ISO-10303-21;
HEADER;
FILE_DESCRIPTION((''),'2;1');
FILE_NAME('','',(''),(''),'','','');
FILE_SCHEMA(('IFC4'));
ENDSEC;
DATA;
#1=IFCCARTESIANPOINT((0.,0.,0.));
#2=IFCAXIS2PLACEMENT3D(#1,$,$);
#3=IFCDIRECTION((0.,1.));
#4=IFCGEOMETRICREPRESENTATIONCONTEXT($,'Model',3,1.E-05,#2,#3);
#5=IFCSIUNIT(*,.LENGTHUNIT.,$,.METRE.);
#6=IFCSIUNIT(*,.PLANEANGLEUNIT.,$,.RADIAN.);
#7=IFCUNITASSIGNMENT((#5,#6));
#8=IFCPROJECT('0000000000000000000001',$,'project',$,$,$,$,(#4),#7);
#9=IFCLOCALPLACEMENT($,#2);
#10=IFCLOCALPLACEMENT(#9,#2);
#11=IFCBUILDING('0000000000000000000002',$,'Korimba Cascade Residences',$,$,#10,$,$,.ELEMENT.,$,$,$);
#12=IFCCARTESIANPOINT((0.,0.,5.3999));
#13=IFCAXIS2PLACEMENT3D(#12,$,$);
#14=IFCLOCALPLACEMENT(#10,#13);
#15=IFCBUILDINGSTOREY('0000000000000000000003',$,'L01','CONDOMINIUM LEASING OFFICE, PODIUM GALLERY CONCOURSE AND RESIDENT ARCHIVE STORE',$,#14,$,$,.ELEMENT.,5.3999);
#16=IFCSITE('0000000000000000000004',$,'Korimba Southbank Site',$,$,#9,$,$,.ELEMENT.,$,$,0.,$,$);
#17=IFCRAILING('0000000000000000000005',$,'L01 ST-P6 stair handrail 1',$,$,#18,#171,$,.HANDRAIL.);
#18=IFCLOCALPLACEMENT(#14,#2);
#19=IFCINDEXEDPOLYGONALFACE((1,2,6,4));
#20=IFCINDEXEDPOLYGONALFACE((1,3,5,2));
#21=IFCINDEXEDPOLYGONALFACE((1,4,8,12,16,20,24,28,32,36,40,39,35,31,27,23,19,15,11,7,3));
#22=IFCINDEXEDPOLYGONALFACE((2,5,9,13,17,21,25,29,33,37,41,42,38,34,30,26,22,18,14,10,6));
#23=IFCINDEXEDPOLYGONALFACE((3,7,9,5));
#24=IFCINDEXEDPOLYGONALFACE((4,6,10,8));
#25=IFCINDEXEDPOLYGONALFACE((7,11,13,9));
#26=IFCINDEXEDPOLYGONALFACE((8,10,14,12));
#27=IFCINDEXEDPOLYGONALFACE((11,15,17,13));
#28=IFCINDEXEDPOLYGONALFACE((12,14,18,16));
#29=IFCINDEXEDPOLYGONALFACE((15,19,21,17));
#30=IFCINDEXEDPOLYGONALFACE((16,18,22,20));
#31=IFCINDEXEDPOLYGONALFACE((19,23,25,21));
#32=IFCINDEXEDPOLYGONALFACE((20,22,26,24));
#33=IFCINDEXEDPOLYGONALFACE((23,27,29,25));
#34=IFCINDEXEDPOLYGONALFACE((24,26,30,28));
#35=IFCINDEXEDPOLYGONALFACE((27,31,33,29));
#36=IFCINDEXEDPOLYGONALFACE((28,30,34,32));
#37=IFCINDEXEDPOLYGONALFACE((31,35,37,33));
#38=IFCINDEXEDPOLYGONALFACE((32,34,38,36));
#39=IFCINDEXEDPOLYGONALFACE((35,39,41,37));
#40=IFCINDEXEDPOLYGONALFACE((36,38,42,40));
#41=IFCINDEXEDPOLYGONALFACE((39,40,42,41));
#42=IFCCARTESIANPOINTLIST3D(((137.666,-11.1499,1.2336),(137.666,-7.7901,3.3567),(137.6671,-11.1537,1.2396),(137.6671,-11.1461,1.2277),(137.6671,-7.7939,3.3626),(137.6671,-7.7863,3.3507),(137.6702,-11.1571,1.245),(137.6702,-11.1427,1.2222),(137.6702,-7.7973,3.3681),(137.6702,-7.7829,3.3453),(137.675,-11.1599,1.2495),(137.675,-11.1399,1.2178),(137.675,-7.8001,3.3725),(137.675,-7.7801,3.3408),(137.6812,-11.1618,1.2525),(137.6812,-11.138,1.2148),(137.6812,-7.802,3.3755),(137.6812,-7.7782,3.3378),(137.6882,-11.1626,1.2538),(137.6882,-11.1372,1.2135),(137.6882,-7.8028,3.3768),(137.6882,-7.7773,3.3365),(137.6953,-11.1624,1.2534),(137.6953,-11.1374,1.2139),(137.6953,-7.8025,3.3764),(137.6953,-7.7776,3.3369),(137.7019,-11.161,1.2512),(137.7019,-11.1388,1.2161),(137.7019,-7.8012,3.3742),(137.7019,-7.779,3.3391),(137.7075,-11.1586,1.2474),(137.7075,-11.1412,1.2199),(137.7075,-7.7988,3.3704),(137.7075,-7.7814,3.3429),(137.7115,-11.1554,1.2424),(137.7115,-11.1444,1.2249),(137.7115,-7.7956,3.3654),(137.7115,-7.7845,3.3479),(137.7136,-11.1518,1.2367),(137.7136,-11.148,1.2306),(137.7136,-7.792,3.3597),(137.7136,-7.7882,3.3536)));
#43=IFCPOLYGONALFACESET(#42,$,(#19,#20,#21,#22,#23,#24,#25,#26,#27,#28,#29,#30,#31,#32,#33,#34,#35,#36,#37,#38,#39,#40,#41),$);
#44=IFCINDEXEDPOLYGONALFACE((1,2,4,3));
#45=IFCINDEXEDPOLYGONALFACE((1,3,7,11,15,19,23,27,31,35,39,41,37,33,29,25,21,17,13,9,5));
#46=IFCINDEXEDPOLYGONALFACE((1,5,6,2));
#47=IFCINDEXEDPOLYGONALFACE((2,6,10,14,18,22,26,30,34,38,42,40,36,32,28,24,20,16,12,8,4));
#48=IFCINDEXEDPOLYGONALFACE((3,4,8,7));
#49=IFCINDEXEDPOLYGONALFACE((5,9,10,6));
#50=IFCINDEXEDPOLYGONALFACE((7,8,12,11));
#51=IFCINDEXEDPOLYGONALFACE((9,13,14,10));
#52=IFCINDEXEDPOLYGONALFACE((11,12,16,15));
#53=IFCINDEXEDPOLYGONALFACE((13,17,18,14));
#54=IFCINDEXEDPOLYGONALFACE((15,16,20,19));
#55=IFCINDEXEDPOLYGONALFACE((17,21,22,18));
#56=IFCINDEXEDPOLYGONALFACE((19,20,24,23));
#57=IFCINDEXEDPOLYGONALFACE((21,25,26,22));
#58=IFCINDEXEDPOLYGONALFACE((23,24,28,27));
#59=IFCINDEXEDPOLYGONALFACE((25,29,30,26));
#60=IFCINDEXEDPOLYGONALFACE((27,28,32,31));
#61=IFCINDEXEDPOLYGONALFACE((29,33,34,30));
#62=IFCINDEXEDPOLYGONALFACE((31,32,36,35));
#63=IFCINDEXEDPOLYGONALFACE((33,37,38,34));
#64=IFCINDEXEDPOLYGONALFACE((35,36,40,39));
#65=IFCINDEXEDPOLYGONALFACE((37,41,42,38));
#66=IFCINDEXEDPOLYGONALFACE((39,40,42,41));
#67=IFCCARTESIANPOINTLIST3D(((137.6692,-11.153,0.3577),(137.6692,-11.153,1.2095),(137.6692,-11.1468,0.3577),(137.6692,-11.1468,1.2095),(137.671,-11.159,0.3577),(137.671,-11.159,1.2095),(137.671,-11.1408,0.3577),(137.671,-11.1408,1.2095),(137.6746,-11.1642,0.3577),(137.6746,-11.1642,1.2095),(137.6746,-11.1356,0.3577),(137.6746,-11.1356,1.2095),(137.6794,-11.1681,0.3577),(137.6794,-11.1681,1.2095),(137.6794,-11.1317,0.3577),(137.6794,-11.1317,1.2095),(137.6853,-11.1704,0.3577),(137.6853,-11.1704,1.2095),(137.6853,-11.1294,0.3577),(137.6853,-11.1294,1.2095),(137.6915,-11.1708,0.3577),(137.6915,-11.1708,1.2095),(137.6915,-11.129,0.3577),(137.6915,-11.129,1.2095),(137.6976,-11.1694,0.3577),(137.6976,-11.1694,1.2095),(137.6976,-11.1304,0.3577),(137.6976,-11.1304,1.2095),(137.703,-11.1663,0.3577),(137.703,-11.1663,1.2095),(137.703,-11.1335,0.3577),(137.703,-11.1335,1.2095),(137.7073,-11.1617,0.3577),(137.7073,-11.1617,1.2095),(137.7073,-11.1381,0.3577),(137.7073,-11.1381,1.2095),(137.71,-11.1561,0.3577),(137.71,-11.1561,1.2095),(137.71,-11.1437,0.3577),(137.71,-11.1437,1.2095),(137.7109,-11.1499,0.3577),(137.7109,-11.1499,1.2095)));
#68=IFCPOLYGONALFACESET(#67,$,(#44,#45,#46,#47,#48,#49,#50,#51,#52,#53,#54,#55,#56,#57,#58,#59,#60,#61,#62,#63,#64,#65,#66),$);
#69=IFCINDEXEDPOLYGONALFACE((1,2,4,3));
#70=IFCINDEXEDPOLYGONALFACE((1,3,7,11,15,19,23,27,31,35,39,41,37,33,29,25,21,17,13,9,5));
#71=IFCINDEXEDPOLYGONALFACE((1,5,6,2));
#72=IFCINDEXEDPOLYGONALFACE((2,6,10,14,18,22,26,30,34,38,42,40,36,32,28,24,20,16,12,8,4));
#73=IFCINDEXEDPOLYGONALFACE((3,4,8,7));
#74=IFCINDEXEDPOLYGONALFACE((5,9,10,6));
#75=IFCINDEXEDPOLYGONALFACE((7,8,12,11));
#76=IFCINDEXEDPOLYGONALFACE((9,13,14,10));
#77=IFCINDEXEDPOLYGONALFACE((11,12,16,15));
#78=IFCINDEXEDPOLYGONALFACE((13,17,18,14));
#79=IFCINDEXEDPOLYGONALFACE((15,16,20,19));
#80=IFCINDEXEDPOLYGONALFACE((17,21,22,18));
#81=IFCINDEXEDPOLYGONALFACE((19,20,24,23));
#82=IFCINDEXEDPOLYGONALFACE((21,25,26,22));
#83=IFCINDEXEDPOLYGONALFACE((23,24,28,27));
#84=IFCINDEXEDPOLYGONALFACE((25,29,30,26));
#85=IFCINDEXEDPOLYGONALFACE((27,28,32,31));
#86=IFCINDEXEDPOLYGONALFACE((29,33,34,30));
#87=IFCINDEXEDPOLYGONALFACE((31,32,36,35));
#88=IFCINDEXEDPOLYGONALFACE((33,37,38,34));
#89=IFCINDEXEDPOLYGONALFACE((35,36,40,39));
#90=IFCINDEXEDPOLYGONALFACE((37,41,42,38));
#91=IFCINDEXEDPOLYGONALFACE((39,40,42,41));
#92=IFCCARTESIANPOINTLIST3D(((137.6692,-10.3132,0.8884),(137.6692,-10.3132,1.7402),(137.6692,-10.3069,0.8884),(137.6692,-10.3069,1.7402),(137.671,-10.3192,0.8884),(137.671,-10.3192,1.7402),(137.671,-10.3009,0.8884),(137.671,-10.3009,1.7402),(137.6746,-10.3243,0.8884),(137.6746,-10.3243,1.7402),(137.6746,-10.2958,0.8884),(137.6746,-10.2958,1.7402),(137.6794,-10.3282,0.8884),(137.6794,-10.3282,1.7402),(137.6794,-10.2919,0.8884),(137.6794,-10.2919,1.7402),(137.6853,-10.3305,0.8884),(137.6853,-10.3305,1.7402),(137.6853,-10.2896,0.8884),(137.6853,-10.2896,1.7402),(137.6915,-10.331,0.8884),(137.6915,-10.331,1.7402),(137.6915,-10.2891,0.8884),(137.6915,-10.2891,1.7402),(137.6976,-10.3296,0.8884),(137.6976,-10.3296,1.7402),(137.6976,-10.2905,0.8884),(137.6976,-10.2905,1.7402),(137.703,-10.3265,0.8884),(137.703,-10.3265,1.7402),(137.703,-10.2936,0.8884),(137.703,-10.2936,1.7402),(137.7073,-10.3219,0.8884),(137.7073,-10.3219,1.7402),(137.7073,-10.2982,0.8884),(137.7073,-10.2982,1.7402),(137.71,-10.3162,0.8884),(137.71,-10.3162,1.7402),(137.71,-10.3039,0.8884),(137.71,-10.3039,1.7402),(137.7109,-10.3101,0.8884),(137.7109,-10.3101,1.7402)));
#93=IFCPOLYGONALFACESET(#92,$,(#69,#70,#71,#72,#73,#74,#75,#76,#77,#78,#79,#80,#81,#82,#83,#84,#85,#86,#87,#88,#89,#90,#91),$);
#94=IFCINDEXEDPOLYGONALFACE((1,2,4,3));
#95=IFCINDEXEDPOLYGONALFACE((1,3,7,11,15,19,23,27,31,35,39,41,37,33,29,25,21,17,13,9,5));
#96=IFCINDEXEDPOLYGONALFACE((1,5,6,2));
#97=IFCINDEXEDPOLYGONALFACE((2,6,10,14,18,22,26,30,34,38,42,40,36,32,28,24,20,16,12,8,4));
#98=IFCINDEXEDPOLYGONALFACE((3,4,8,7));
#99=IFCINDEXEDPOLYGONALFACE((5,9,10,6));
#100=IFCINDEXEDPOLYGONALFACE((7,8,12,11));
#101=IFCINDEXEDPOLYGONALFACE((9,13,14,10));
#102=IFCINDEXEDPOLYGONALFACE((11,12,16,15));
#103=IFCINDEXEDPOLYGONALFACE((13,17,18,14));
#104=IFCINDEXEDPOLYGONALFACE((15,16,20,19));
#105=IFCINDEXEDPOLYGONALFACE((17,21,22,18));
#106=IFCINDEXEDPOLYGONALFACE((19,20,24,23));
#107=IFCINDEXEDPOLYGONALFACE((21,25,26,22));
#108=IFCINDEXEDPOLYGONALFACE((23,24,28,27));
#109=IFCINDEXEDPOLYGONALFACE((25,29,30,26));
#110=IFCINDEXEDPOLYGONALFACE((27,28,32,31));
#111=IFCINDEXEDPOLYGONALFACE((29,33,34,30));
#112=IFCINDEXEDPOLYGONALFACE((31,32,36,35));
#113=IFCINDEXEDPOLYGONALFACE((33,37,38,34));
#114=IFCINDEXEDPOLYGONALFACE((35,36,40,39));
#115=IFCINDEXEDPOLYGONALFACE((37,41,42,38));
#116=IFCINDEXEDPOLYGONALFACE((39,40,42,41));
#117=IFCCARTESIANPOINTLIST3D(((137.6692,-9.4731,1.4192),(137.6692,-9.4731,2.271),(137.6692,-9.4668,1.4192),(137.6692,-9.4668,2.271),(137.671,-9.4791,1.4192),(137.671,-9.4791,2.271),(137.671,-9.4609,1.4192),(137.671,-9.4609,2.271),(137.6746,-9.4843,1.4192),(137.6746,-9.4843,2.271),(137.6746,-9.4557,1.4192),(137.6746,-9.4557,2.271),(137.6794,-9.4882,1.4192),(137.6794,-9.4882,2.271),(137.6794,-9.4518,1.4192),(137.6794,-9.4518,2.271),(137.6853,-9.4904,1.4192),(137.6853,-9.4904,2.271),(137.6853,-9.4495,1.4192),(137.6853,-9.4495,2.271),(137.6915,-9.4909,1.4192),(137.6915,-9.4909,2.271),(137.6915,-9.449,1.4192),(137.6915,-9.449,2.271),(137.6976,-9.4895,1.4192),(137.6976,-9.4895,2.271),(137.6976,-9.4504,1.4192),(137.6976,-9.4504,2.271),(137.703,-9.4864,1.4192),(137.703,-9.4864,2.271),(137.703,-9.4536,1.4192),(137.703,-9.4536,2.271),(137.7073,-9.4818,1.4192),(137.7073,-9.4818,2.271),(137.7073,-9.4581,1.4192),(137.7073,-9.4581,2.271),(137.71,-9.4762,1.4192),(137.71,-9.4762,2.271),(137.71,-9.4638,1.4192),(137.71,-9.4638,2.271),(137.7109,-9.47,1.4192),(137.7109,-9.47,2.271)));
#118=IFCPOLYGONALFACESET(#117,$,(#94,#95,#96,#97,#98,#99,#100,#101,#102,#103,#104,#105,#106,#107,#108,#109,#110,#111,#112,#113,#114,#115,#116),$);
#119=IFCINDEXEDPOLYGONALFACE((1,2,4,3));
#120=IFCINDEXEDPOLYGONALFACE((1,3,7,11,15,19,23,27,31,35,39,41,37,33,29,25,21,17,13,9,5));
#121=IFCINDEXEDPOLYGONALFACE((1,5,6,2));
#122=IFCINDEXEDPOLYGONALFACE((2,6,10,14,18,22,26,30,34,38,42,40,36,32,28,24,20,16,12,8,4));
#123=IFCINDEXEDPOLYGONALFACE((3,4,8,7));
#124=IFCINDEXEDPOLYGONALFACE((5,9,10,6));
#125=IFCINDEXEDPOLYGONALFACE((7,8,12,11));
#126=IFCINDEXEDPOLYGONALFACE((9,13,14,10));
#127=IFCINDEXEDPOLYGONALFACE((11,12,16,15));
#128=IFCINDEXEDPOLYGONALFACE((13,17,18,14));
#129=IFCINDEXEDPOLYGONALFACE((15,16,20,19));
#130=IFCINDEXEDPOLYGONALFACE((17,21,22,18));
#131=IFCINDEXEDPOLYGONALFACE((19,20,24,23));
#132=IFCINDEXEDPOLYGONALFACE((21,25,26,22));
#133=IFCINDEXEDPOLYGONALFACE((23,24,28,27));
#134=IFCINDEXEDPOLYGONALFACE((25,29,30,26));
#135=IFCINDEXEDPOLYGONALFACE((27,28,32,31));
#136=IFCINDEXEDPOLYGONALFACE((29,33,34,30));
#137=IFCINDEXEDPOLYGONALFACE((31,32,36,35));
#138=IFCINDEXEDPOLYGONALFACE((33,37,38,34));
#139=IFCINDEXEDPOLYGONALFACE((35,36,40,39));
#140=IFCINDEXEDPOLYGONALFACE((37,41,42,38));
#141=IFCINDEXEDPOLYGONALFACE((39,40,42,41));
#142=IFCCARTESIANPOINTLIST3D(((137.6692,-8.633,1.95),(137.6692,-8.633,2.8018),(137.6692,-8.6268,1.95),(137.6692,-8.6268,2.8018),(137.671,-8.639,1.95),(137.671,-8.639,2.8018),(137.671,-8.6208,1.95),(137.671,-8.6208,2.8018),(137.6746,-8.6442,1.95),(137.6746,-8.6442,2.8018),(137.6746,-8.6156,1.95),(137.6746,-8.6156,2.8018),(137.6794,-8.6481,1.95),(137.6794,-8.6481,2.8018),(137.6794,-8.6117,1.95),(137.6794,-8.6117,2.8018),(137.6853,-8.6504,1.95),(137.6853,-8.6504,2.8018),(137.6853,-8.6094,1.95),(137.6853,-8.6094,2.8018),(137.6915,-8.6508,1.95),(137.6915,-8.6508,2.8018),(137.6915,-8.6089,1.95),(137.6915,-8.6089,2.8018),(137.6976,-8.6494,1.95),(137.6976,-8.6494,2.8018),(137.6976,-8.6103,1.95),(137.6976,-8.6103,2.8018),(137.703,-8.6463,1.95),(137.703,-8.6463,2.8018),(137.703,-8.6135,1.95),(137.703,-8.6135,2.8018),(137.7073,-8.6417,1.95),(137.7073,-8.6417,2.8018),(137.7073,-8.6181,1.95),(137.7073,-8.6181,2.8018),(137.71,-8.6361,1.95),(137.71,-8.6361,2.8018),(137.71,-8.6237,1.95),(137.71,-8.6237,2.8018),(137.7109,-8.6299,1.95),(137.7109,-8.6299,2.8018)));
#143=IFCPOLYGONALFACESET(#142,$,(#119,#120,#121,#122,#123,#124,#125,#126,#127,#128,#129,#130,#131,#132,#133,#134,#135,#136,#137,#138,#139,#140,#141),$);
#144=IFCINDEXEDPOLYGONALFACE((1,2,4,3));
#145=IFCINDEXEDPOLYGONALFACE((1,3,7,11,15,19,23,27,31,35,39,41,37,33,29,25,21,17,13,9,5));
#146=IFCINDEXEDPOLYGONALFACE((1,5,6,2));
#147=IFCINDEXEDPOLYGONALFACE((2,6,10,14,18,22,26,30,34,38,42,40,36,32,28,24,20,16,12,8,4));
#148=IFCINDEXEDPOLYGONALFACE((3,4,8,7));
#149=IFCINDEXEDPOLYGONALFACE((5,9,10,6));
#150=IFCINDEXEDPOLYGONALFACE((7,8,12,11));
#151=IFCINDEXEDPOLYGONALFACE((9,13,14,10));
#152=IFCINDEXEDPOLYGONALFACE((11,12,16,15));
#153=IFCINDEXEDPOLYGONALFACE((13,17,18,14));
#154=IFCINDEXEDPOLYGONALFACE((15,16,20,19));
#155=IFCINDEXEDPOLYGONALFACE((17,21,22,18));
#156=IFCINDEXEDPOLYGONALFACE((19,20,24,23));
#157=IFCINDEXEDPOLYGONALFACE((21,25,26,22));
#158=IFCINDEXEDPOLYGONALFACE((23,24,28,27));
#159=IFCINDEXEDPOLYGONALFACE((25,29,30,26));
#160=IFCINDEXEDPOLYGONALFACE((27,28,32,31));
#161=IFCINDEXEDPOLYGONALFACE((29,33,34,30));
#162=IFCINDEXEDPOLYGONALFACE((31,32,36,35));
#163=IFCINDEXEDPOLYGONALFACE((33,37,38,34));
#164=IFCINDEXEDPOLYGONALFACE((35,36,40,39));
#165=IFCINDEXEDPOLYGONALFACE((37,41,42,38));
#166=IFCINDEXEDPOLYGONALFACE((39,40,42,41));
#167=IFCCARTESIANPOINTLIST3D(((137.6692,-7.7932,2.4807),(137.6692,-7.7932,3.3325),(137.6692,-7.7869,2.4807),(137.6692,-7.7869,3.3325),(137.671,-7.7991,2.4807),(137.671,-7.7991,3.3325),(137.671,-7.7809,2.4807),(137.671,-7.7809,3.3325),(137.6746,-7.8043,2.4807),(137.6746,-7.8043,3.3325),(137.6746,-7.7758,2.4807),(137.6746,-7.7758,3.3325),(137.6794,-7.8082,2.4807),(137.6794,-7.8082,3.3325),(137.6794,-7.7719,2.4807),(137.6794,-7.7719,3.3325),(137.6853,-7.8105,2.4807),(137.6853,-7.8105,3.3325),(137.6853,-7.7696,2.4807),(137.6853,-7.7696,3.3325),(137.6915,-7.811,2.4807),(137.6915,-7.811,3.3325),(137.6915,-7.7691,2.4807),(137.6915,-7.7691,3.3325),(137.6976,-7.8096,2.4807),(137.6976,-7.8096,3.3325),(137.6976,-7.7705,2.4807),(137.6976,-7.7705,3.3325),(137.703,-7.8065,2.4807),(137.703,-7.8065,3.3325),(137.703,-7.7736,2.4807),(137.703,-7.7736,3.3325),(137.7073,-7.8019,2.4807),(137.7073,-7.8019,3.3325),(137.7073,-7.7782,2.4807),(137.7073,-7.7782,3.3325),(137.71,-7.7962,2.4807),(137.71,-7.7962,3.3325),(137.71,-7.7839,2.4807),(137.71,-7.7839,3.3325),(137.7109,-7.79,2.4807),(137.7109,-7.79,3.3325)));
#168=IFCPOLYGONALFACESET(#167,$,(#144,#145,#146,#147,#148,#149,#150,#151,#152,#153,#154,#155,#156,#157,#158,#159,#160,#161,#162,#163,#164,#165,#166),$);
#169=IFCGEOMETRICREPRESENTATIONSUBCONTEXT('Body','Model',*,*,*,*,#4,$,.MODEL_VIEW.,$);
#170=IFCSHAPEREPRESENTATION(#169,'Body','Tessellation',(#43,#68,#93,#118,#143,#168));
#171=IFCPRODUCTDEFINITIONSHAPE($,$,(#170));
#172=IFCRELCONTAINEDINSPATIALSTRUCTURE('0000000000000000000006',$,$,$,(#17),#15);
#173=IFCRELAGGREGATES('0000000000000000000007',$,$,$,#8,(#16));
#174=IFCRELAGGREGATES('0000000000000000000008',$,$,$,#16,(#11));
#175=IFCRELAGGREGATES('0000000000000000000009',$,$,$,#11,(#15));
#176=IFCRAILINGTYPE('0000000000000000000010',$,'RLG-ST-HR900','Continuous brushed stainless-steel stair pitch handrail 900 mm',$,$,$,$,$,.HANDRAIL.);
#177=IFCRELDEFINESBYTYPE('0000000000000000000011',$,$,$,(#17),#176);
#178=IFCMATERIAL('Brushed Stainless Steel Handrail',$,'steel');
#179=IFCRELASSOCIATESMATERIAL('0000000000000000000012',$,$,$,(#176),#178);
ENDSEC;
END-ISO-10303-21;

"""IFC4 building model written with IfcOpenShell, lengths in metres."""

from ifc_helpers import new_model, si_unit, direction, frame, origin, origin_2d, place, context, subcontext, project, spatial, circle, extrude, material, type_object, element, save


model = new_model("IFC4")

# Units and contexts
model_context = context("Model", 3, precision=1e-05, world=origin(), true_north=direction((0.0, 1.0)))
body_context = subcontext(model_context, "Body", "Model", "MODEL_VIEW")
ifc_project = project(units=[si_unit("LENGTHUNIT", "METRE"), si_unit("PLANEANGLEUNIT", "RADIAN")], contexts=[model_context])

# Site, building, storey
site_placement = place(None, origin())
site = spatial("IfcSite", under=ifc_project, at=site_placement, Name="Korimba Southbank Site", CompositionType="ELEMENT", RefElevation=0.0)
building_placement = place(site_placement, origin())
building = spatial("IfcBuilding", under=site, at=building_placement, Name="Korimba Cascade Residences", CompositionType="ELEMENT")
storey_placement = place(building_placement, frame((0.0, 0.0, 5.3999)))
storey = spatial("IfcBuildingStorey", under=building, at=storey_placement, Name="L01", Description="CONDOMINIUM LEASING OFFICE, PODIUM GALLERY CONCOURSE AND RESIDENT ARCHIVE STORE", CompositionType="ELEMENT", Elevation=5.3999)

# Railing
ifc_material_1 = material(Name="Brushed Stainless Steel Handrail", Category="steel")
railing_type_1 = type_object("IfcRailingType", Name="RLG-ST-HR900", Description="Continuous brushed stainless-steel stair pitch handrail 900 mm", PredefinedType="HANDRAIL", material=ifc_material_1)
railing_1_placement = place(storey_placement, frame((137.6899, -11.1499, 0.3577)))
element("IfcRailing", 1, at=railing_1_placement, inside=storey, type_object=railing_type_1, Name="L01 ST-P6 stair handrail 1", PredefinedType="HANDRAIL", context=body_context, shape_type="SweptSolid", body=[
    extrude(circle(Radius=0.0239, at=origin_2d()), frame((0.0, 0.0, 0.876), z_axis=(0.0, 0.845372, 0.534178), x_axis=(-1.0, 0.0, 0.0)), (0.0, 0.0, 1.0), 3.9744),
    extrude(circle(Radius=0.021, at=origin_2d()), origin(), (0.0, 0.0, 1.0), 0.8518),
    extrude(circle(Radius=0.021, at=origin_2d()), frame((0.0, 0.8398, 0.5308)), (0.0, 0.0, 1.0), 0.8518),
    extrude(circle(Radius=0.021, at=origin_2d()), frame((0.0, 1.6799, 1.0615)), (0.0, 0.0, 1.0), 0.8518),
    extrude(circle(Radius=0.021, at=origin_2d()), frame((0.0, 2.52, 1.5923)), (0.0, 0.0, 1.0), 0.8518),
    extrude(circle(Radius=0.021, at=origin_2d()), frame((0.0, 3.3599, 2.123)), (0.0, 0.0, 1.0), 0.8518),
])

save(model, "model.ifc")
